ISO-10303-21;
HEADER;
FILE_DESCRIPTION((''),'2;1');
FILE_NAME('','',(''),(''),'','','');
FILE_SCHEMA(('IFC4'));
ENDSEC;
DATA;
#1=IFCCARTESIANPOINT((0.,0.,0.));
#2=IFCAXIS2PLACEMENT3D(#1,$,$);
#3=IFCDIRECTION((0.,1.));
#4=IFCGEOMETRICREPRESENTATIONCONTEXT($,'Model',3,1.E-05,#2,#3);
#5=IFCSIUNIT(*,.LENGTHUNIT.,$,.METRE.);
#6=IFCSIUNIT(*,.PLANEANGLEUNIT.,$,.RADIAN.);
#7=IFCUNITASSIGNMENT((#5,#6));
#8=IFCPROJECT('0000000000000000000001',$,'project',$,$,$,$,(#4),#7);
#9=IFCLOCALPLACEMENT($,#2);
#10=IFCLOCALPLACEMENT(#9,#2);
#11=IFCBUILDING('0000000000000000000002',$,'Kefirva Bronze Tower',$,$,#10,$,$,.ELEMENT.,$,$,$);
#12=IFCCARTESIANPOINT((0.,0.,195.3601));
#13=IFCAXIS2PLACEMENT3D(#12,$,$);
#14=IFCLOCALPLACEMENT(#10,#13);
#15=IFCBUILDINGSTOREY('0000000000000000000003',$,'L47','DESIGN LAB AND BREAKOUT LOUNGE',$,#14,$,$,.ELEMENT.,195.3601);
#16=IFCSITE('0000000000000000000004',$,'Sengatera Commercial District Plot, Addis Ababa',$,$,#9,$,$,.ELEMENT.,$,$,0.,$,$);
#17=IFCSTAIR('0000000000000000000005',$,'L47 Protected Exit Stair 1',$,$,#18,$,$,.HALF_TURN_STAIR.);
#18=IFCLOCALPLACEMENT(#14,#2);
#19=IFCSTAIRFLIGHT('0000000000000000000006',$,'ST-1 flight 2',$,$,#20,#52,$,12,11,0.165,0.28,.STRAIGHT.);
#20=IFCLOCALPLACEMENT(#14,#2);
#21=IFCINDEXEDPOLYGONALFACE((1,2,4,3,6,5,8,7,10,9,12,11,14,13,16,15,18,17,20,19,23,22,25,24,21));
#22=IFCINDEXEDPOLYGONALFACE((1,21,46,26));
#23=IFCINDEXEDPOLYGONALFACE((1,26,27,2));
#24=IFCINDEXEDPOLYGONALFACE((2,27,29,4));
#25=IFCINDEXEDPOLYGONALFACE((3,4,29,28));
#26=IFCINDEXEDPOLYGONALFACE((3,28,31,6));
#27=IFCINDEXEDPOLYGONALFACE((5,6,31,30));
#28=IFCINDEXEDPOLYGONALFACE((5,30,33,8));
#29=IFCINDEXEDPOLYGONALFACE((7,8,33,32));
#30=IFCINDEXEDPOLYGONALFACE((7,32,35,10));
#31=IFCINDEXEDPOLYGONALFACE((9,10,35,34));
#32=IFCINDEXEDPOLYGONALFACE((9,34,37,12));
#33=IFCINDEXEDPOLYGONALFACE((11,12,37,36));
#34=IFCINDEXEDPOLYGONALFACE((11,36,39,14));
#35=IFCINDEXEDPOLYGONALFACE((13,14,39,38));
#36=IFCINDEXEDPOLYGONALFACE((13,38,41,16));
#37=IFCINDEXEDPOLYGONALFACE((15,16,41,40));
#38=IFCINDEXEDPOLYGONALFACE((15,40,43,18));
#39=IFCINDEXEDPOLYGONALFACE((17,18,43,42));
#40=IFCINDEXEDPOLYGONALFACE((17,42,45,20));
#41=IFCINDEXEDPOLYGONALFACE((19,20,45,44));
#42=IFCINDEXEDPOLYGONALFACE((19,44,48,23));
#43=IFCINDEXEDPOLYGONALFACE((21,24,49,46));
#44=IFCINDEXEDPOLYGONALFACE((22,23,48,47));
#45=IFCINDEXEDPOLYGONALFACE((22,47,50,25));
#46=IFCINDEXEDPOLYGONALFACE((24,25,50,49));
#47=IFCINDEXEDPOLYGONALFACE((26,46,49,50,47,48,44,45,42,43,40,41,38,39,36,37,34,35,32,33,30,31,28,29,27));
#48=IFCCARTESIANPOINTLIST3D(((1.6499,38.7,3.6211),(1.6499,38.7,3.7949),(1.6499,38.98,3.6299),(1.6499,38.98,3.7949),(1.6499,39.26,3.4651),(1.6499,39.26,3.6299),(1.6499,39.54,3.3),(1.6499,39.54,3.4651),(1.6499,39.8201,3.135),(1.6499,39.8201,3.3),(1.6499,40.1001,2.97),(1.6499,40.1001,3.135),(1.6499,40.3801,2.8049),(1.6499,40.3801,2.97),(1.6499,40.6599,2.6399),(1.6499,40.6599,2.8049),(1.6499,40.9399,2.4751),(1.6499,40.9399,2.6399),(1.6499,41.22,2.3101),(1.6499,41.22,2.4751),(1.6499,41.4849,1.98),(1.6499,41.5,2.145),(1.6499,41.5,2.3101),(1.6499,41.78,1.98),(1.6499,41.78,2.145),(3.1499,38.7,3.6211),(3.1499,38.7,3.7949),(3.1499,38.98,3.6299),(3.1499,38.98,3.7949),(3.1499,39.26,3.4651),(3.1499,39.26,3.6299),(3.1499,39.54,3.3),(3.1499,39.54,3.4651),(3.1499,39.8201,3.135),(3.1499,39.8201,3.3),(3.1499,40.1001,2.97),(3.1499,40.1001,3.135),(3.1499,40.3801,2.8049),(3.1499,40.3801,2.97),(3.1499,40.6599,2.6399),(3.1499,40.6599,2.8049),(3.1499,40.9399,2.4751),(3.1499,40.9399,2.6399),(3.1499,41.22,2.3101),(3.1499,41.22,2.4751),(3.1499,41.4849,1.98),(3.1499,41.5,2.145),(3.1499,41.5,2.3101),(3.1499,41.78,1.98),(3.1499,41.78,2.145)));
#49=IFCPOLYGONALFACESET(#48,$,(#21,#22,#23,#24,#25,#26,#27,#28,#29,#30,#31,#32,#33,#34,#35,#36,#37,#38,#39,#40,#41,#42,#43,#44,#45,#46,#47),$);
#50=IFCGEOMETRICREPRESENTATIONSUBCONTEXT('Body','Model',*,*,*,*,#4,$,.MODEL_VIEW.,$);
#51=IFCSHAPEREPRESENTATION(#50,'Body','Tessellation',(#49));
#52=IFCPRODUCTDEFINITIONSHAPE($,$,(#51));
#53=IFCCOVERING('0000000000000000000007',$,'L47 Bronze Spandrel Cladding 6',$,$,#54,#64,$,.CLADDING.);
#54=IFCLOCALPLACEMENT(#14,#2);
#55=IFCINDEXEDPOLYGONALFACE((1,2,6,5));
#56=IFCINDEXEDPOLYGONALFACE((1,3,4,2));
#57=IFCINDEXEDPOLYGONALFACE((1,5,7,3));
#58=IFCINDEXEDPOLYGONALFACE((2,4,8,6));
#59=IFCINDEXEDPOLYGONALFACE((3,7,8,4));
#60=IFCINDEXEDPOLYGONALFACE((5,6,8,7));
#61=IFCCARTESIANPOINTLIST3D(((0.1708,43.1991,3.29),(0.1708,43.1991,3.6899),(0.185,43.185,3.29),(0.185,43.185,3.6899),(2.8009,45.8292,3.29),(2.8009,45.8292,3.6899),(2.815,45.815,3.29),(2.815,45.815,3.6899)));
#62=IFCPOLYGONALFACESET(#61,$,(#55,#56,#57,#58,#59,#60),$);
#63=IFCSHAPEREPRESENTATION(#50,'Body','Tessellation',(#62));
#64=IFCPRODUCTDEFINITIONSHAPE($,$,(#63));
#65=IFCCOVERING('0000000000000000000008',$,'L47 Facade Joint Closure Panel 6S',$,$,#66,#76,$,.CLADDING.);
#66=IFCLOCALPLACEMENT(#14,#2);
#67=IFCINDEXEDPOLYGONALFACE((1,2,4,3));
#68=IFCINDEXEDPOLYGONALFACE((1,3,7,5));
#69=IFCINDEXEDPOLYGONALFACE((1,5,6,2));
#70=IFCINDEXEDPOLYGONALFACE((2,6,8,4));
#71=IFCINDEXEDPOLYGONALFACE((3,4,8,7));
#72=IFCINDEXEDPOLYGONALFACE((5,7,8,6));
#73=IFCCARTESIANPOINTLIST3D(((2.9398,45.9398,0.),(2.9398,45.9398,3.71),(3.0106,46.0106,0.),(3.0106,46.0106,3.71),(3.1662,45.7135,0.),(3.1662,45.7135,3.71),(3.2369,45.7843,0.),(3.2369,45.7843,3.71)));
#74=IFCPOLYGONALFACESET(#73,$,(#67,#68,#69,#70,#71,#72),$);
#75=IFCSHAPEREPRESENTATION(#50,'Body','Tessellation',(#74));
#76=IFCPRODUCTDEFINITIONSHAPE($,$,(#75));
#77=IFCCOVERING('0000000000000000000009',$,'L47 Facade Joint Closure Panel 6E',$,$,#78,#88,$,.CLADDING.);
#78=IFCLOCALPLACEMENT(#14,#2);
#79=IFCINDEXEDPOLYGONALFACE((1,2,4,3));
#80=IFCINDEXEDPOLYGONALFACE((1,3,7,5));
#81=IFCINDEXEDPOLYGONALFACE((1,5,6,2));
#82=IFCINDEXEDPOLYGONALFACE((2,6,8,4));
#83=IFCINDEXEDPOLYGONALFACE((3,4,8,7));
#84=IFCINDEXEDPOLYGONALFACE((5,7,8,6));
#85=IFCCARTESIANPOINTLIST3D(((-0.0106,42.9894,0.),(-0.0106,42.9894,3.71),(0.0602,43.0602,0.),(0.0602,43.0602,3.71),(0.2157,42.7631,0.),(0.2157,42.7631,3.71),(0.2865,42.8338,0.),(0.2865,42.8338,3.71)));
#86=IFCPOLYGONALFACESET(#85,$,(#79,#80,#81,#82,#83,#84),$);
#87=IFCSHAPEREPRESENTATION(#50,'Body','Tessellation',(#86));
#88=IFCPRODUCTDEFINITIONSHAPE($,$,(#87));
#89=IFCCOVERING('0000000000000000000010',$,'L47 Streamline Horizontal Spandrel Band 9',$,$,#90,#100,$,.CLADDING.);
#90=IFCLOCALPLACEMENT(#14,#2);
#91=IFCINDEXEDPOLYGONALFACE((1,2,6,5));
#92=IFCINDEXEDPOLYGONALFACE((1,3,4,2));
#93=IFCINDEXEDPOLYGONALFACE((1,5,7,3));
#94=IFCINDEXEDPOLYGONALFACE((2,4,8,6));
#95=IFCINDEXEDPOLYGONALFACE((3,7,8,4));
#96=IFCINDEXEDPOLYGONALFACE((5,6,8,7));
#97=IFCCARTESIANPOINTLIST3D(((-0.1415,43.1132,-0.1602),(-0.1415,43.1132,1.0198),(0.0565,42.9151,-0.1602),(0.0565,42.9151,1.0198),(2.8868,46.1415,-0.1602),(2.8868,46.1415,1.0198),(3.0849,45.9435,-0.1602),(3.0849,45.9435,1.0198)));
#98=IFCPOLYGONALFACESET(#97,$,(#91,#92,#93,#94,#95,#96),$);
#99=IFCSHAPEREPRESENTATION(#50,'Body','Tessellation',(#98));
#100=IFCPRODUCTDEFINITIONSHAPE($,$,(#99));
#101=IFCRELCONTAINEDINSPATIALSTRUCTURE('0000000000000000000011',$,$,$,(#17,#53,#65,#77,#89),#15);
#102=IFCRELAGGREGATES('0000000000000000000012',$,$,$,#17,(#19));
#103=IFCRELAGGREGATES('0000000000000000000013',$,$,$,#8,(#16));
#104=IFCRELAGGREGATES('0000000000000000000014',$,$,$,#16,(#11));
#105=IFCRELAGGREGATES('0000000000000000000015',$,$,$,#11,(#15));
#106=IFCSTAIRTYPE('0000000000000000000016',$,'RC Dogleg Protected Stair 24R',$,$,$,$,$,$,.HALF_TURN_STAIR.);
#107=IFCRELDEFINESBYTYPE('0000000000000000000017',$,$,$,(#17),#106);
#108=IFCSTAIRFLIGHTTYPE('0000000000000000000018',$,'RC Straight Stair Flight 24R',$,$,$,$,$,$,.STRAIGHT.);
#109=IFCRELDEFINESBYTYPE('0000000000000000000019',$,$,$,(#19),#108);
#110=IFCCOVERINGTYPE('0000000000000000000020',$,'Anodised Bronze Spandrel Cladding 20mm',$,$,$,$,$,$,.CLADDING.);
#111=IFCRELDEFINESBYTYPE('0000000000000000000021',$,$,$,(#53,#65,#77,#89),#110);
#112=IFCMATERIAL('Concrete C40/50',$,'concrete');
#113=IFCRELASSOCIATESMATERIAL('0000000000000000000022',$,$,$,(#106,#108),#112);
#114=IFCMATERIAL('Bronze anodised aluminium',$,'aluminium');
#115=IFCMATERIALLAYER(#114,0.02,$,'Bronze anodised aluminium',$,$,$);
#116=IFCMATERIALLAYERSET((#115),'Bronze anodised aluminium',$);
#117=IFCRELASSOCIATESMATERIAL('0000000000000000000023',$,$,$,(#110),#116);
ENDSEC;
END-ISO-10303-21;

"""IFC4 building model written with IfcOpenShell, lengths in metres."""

from ifc_helpers import new_model, si_unit, direction, frame, origin, origin_2d, place, context, subcontext, project, spatial, polyline, rectangle, outline, extrude, material, layer, layer_set, type_object, element, aggregate, save


model = new_model("IFC4")

# Units and contexts
model_context = context("Model", 3, precision=1e-05, world=origin(), true_north=direction((0.0, 1.0)))
body_context = subcontext(model_context, "Body", "Model", "MODEL_VIEW")
ifc_project = project(units=[si_unit("LENGTHUNIT", "METRE"), si_unit("PLANEANGLEUNIT", "RADIAN")], contexts=[model_context])

# Site, building, storey
site_placement = place(None, origin())
site = spatial("IfcSite", under=ifc_project, at=site_placement, Name="Sengatera Commercial District Plot, Addis Ababa", CompositionType="ELEMENT", RefElevation=0.0)
building_placement = place(site_placement, origin())
building = spatial("IfcBuilding", under=site, at=building_placement, Name="Kefirva Bronze Tower", CompositionType="ELEMENT")
storey_placement = place(building_placement, frame((0.0, 0.0, 195.3601)))
storey = spatial("IfcBuildingStorey", under=building, at=storey_placement, Name="L47", Description="DESIGN LAB AND BREAKOUT LOUNGE", CompositionType="ELEMENT", Elevation=195.3601)

# Shared definitions
ifc_material_1 = material(Name="Bronze anodised aluminium", Category="aluminium")

# Stair, stair flight
ifc_material_2 = material(Name="Concrete C40/50", Category="concrete")
stair_type = type_object("IfcStairType", Name="RC Dogleg Protected Stair 24R", PredefinedType="HALF_TURN_STAIR", material=ifc_material_2)
stair_placement = place(storey_placement, origin())
stair = element("IfcStair", 1, at=stair_placement, inside=storey, type_object=stair_type, Name="L47 Protected Exit Stair 1", PredefinedType="HALF_TURN_STAIR")
stair_flight_type = type_object("IfcStairFlightType", Name="RC Straight Stair Flight 24R", PredefinedType="STRAIGHT", material=ifc_material_2)
stair_flight_1_placement = place(storey_placement, frame((2.3999, 41.78, 1.98), z_axis=(0.0, 0.0, 1.0), x_axis=(0.0, -1.0, 0.0)))
stair_flight_1 = element("IfcStairFlight", 2, at=stair_flight_1_placement, type_object=stair_flight_type, Name="ST-1 flight 2", NumberOfRisers=12, NumberOfTreads=11, PredefinedType="STRAIGHT", RiserHeight=0.165, TreadLength=0.28, context=body_context, shape_type="SweptSolid", body=[
    extrude(outline(polyline([(0.0, 0.0), (0.0, 0.165), (0.28, 0.165), (0.28, 0.3301), (0.5601, 0.3301), (0.5601, 0.4951), (0.8401, 0.4951), (0.8401, 0.6599), (1.1201, 0.6599), (1.1201, 0.825), (1.3999, 0.825), (1.3999, 0.99), (1.6799, 0.99), (1.6799, 1.155), (1.96, 1.155), (1.96, 1.3201), (2.24, 1.3201), (2.24, 1.4851), (2.52, 1.4851), (2.52, 1.6499), (2.8, 1.6499), (2.8, 1.8149), (3.0801, 1.8149), (3.0801, 1.98), (3.0801, 1.6411), (0.2952, 0.0), (0.0, 0.0)])), frame((0.0, 0.75, 0.0), z_axis=(0.0, -1.0, 0.0), x_axis=(1.0, 0.0, 0.0)), (0.0, 0.0, 1.0), 1.5),
])
aggregate(stair, [stair_flight_1])

# Coverings
ifc_layer_1 = layer(ifc_material_1, 0.02, Name="Bronze anodised aluminium")
ifc_layer_set_1 = layer_set([ifc_layer_1], Name="Bronze anodised aluminium")
covering_type_1 = type_object("IfcCoveringType", Name="Anodised Bronze Spandrel Cladding 20mm", PredefinedType="CLADDING", material=ifc_layer_set_1)
covering_1_placement = place(storey_placement, frame((1.4929, 44.5071, 3.29), z_axis=(0.0, 0.0, 1.0), x_axis=(-0.707107, -0.707107, 0.0)))
element("IfcCovering", 3, at=covering_1_placement, inside=storey, type_object=covering_type_1, Name="L47 Bronze Spandrel Cladding 6", PredefinedType="CLADDING", context=body_context, shape_type="SweptSolid", body=[
    extrude(rectangle(XDim=3.7195, YDim=0.02, at=origin_2d()), origin(), (0.0, 0.0, 1.0), 0.3999),
])
for number, where, z_axis, x_axis, name in (
    (4, (3.0884, 45.8621, 0.0), (0.0, 0.0, 1.0), (-0.707107, -0.707107, 0.0), "L47 Facade Joint Closure Panel 6S"),
    (5, (0.1379, 42.9116, 0.0), (0.0, 0.0, 1.0), (-0.707107, -0.707107, 0.0), "L47 Facade Joint Closure Panel 6E"),
):
    element("IfcCovering", number, at=place(storey_placement, frame(where, z_axis=z_axis, x_axis=x_axis)), inside=storey, type_object=covering_type_1, Name=name, PredefinedType="CLADDING", context=body_context, shape_type="SweptSolid", body=[
        extrude(rectangle(XDim=0.1001, YDim=0.3201, at=origin_2d()), origin(), (0.0, 0.0, 1.0), 3.71),
    ])
covering_2_placement = place(storey_placement, frame((1.4717, 44.5283, -0.1602), z_axis=(0.0, 0.0, 1.0), x_axis=(-0.707107, -0.707107, 0.0)))
element("IfcCovering", 6, at=covering_2_placement, inside=storey, type_object=covering_type_1, Name="L47 Streamline Horizontal Spandrel Band 9", PredefinedType="CLADDING", context=body_context, shape_type="SweptSolid", body=[
    extrude(rectangle(XDim=4.2827, YDim=0.28, at=origin_2d()), origin(), (0.0, 0.0, 1.0), 1.1799),
])

save(model, "model.ifc")
